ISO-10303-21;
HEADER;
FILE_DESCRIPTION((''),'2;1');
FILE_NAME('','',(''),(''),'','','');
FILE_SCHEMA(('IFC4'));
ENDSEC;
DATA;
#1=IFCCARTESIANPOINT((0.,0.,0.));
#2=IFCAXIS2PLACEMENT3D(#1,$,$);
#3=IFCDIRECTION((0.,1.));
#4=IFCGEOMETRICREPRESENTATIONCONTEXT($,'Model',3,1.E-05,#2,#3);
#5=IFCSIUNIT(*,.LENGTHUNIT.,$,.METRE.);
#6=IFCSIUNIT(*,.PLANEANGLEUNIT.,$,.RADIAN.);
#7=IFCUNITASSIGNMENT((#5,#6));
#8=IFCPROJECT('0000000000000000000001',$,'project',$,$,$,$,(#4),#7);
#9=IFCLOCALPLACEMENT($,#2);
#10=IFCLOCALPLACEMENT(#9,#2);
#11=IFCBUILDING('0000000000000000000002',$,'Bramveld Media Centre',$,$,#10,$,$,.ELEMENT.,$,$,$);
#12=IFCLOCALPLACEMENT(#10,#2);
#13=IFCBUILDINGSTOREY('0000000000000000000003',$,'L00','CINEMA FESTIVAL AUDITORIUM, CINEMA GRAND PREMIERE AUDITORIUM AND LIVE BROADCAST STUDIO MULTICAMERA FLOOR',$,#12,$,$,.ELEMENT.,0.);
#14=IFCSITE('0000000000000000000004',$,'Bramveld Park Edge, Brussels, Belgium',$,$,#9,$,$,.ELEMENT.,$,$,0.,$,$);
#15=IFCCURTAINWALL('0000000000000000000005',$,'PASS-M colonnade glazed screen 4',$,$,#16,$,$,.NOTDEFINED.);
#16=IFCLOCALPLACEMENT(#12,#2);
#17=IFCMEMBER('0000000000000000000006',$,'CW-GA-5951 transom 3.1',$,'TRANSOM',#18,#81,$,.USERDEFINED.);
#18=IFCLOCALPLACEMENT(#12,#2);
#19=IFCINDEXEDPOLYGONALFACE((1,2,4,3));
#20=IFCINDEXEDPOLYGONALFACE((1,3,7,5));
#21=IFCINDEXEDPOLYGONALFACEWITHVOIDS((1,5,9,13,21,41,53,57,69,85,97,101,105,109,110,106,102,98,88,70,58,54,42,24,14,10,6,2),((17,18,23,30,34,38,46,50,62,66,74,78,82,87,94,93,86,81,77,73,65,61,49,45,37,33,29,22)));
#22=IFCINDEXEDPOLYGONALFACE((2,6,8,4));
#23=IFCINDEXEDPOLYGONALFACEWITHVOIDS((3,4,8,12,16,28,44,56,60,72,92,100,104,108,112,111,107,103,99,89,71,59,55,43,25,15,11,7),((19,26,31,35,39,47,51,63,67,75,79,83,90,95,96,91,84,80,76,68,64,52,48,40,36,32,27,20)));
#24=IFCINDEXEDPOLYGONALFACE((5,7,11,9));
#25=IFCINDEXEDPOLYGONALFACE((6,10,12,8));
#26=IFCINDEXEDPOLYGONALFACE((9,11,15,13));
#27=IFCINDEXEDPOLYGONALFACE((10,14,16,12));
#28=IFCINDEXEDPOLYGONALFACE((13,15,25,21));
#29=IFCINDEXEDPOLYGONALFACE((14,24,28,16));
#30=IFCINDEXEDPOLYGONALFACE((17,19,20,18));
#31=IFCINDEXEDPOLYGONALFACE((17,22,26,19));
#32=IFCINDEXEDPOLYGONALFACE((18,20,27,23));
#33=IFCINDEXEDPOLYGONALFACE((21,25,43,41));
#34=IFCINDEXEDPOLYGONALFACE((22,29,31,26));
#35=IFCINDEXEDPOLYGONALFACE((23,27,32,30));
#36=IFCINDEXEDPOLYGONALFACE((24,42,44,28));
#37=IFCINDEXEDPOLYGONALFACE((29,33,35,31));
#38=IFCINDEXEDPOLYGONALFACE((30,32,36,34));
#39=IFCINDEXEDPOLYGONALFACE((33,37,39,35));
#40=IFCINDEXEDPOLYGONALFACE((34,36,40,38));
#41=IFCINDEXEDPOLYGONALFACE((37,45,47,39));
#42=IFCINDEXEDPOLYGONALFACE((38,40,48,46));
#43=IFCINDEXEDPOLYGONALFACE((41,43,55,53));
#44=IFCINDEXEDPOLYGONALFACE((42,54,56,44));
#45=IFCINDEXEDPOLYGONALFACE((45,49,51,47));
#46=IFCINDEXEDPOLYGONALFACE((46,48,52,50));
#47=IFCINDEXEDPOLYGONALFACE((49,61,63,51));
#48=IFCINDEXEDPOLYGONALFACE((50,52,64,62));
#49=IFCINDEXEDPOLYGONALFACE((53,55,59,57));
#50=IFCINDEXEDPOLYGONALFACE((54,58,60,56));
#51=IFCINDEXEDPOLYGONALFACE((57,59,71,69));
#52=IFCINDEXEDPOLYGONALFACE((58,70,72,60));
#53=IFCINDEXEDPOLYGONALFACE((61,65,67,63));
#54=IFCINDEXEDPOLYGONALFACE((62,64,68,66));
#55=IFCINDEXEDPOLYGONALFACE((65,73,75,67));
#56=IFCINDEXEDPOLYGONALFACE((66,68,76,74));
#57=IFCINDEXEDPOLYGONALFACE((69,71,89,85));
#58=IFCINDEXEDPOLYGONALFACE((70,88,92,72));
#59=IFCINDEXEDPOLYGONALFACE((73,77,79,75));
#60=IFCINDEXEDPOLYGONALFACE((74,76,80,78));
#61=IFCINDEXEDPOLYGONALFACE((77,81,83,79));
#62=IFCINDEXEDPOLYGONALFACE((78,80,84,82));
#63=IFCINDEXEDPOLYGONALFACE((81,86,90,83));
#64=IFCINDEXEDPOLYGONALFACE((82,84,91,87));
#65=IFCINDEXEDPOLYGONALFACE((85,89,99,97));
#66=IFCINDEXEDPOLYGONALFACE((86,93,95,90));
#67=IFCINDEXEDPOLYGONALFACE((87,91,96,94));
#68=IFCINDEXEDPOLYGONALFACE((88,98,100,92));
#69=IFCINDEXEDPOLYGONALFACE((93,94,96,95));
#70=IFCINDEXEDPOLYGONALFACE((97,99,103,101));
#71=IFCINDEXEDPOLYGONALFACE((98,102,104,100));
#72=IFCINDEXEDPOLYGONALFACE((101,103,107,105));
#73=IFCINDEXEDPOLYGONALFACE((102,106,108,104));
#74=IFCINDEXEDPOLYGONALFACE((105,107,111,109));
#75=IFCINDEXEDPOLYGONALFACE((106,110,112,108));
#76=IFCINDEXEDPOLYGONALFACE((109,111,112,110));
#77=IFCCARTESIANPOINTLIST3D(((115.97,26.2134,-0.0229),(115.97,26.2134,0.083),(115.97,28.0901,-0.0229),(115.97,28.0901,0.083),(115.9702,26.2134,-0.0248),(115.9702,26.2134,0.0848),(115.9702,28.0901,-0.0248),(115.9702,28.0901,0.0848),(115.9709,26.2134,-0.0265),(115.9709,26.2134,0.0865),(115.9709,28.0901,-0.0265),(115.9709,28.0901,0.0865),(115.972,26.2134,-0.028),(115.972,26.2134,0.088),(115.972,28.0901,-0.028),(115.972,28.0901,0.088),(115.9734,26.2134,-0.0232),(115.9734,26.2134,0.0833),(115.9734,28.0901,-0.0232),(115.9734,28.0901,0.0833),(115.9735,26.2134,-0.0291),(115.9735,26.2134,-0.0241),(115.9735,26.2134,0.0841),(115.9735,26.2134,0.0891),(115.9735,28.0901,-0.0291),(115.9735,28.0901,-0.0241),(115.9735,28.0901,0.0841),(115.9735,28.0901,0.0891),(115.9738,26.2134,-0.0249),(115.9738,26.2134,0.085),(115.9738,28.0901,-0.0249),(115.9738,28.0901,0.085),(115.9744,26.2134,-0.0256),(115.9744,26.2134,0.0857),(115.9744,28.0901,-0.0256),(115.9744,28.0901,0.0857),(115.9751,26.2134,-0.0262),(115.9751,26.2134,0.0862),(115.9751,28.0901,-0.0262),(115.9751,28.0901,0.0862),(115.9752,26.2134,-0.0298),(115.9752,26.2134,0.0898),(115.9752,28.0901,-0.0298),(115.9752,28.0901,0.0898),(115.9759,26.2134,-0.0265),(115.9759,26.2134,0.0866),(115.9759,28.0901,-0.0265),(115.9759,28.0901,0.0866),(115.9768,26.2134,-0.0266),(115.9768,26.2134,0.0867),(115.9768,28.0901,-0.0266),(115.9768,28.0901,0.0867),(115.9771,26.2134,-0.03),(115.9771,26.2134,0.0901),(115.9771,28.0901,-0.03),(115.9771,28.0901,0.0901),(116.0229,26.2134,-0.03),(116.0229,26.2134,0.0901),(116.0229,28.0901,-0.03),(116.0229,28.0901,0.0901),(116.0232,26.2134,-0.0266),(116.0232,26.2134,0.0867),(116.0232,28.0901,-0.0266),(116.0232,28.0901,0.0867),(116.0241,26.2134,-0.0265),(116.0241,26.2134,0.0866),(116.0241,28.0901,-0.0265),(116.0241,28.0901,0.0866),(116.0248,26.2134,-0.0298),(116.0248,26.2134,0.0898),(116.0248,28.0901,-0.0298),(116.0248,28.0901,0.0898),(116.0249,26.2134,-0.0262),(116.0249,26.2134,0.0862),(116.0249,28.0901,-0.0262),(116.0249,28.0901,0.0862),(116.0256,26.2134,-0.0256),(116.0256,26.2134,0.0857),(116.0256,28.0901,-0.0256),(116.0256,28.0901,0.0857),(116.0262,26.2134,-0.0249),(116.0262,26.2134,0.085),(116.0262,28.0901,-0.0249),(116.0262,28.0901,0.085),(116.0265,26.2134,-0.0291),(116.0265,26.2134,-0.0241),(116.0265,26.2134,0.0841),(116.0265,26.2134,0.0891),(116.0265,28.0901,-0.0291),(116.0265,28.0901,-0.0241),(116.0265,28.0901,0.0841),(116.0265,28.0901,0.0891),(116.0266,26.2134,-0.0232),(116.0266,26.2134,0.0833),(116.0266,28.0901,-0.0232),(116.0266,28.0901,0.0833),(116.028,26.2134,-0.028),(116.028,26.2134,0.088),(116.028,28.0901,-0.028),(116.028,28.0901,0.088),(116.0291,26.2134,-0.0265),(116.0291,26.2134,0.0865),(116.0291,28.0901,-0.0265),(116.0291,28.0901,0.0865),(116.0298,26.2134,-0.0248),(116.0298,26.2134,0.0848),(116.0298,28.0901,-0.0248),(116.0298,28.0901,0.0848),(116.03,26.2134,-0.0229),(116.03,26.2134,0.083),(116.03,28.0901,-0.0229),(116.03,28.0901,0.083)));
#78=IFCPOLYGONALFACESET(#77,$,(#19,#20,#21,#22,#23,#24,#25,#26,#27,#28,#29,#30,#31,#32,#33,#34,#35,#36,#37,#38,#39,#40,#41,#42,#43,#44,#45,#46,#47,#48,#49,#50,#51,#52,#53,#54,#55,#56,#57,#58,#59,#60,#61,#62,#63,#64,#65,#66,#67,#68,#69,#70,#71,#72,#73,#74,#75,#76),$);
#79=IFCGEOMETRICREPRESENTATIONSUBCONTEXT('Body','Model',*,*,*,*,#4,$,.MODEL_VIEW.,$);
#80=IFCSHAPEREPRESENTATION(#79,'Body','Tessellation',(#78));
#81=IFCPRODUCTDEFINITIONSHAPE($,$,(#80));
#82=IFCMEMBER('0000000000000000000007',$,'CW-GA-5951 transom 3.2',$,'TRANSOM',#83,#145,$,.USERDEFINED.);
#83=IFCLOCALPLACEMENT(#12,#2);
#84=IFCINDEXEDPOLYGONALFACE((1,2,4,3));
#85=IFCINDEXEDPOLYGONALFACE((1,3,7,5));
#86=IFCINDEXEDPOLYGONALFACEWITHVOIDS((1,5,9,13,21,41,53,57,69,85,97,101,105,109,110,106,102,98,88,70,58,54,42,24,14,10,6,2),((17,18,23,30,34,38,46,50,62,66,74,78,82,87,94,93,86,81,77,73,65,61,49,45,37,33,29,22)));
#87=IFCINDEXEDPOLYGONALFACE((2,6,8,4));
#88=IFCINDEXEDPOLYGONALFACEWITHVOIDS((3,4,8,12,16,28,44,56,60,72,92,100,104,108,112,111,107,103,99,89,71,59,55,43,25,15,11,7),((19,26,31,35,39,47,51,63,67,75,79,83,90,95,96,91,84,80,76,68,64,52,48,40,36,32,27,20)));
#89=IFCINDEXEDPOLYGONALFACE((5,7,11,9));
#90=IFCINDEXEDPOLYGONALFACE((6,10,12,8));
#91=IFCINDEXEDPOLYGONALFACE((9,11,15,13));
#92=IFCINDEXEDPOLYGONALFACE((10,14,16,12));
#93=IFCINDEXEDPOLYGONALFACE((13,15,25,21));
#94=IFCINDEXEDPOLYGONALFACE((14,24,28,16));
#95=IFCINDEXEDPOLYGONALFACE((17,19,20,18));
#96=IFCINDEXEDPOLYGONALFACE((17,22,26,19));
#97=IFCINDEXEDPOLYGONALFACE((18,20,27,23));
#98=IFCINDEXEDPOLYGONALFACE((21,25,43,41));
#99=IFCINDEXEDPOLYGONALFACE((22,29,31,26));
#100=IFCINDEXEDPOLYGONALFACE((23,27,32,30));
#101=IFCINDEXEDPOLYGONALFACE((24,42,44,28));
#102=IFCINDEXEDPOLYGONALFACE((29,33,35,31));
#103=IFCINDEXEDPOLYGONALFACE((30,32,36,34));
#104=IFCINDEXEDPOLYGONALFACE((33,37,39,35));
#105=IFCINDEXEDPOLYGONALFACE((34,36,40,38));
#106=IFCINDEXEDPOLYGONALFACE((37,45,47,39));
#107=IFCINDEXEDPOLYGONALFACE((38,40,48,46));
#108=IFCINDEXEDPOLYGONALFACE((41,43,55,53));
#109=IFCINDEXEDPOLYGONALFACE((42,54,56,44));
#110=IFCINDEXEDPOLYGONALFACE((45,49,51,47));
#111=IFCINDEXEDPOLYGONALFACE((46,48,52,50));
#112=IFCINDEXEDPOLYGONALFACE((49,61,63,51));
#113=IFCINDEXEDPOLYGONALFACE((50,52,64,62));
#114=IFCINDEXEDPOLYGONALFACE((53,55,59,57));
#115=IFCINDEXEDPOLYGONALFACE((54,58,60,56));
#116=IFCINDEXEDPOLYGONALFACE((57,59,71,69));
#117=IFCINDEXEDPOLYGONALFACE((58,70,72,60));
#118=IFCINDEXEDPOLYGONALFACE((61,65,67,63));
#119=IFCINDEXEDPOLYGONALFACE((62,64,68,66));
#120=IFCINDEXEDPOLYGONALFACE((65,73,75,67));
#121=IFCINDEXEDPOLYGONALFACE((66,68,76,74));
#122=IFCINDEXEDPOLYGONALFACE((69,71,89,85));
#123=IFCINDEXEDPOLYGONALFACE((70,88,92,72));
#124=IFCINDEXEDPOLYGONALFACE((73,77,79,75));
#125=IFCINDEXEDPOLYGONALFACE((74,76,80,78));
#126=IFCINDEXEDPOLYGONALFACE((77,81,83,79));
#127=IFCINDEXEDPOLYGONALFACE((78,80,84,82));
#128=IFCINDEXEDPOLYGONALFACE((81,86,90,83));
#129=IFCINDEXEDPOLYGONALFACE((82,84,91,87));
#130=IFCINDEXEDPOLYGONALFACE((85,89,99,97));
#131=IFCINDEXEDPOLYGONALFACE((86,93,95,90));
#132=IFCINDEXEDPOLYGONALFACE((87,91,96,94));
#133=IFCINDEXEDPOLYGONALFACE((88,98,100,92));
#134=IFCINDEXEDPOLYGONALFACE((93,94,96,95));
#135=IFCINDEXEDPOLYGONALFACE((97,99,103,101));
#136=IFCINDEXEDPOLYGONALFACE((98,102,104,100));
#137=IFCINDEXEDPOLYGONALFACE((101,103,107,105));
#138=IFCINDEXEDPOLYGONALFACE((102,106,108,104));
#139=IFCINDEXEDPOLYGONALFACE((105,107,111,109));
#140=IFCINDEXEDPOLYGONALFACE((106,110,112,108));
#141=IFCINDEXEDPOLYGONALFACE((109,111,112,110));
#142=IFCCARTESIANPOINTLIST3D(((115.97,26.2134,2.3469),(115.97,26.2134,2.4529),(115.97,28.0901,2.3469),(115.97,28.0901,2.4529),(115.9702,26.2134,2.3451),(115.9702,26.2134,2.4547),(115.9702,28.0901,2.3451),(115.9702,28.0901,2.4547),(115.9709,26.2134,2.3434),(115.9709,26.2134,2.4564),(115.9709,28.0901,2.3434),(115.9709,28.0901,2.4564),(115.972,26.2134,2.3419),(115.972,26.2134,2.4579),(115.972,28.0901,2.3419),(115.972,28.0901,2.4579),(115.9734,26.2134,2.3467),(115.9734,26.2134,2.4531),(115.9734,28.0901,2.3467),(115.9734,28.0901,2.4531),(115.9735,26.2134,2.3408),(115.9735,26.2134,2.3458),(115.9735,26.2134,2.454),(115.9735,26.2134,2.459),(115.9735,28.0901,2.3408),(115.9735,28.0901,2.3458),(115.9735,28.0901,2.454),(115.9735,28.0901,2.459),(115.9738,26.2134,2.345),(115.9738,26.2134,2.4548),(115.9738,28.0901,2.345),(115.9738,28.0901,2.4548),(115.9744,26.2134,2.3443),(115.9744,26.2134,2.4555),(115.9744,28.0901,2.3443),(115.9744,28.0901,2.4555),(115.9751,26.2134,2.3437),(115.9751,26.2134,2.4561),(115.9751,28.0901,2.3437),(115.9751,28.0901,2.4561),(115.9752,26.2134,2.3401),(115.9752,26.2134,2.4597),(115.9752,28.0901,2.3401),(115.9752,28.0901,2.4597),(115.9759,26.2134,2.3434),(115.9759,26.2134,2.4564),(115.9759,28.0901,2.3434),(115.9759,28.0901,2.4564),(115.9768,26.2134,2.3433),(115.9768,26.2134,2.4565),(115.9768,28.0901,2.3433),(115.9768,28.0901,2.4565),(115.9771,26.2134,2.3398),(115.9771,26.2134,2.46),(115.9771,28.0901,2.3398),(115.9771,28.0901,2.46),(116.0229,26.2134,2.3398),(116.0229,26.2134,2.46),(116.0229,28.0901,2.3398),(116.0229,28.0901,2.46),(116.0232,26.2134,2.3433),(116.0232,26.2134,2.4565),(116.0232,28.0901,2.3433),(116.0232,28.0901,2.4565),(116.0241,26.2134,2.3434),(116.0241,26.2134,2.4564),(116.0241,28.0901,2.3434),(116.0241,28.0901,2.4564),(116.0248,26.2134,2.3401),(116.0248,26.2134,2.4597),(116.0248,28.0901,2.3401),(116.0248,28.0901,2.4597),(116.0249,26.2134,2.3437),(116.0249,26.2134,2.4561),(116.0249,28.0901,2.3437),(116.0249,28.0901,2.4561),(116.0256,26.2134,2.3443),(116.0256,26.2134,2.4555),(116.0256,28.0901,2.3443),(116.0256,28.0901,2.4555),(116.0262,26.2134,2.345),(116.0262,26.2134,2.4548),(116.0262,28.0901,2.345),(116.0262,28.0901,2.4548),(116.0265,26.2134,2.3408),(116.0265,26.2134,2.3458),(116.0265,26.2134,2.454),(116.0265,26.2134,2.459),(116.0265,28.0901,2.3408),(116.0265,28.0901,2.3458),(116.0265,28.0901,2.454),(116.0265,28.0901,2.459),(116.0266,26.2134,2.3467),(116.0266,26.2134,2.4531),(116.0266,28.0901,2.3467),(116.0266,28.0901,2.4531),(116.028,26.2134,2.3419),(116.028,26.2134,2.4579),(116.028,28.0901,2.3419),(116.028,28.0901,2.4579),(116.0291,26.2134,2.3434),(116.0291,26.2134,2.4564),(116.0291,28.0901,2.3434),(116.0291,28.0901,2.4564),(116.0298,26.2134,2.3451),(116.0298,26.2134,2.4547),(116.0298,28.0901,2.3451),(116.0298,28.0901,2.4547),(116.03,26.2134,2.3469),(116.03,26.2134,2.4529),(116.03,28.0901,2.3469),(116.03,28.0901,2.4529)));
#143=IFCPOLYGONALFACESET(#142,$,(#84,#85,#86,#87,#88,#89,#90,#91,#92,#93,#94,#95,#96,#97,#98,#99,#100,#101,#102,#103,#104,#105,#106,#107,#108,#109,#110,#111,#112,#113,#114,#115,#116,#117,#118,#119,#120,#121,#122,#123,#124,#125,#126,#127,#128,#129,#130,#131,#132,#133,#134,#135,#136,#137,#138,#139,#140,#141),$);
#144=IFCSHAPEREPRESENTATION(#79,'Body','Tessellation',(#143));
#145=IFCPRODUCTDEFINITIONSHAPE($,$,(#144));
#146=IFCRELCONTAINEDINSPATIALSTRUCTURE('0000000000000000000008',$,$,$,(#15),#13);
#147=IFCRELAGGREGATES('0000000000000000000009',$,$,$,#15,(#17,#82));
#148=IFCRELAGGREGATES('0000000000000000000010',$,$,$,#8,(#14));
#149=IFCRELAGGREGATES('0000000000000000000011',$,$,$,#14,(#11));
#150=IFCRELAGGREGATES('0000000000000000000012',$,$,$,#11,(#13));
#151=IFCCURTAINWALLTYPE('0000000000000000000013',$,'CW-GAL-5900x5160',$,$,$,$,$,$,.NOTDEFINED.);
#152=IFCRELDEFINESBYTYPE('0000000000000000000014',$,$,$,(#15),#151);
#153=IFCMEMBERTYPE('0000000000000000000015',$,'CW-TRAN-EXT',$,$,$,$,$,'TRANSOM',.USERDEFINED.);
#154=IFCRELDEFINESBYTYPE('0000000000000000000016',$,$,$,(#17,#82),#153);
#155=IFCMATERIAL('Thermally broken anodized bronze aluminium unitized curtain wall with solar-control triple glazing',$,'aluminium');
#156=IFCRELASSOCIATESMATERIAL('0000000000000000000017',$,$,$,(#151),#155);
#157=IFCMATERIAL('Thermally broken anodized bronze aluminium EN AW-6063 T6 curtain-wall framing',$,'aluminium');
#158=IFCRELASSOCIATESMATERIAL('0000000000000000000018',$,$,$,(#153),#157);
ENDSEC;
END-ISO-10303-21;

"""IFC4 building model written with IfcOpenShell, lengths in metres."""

from ifc_helpers import new_model, si_unit, direction, frame, origin, origin_2d, place, context, subcontext, project, spatial, hollow_rectangle, extrude, material, material_profile, profile_set, type_object, element, aggregate, save


model = new_model("IFC4")

# Units and contexts
model_context = context("Model", 3, precision=1e-05, world=origin(), true_north=direction((0.0, 1.0)))
body_context = subcontext(model_context, "Body", "Model", "MODEL_VIEW")
ifc_project = project(units=[si_unit("LENGTHUNIT", "METRE"), si_unit("PLANEANGLEUNIT", "RADIAN")], contexts=[model_context])

# Site, building, storey
site_placement = place(None, origin())
site = spatial("IfcSite", under=ifc_project, at=site_placement, Name="Bramveld Park Edge, Brussels, Belgium", CompositionType="ELEMENT", RefElevation=0.0)
building_placement = place(site_placement, origin())
building = spatial("IfcBuilding", under=site, at=building_placement, Name="Bramveld Media Centre", CompositionType="ELEMENT")
storey_placement = place(building_placement, origin())
storey = spatial("IfcBuildingStorey", under=building, at=storey_placement, Name="L00", Description="CINEMA FESTIVAL AUDITORIUM, CINEMA GRAND PREMIERE AUDITORIUM AND LIVE BROADCAST STUDIO MULTICAMERA FLOOR", CompositionType="ELEMENT", Elevation=0.0)

# Curtain wall, members
ifc_material_1 = material(Name="Thermally broken anodized bronze aluminium unitized curtain wall with solar-control triple glazing", Category="aluminium")
curtain_wall_type = type_object("IfcCurtainWallType", Name="CW-GAL-5900x5160", PredefinedType="NOTDEFINED", material=ifc_material_1)
curtain_wall_placement = place(storey_placement, origin())
curtain_wall = element("IfcCurtainWall", 1, at=curtain_wall_placement, inside=storey, type_object=curtain_wall_type, Name="PASS-M colonnade glazed screen 4", PredefinedType="NOTDEFINED")
ifc_material_2 = material(Name="Thermally broken anodized bronze aluminium EN AW-6063 T6 curtain-wall framing", Category="aluminium")
ifc_material_profile_1 = material_profile(ifc_material_2, hollow_rectangle(XDim=0.0601, YDim=0.1201, WallThickness=0.0034, InnerFilletRadius=0.0034, OuterFilletRadius=0.0071, at=origin_2d()), Name="AL-TRAN 60x120")
ifc_profile_set_1 = profile_set([ifc_material_profile_1], Name="Thermally broken anodized bronze aluminium EN AW-6063 T6 curtain-wall framing")
member_type_1 = type_object("IfcMemberType", Name="CW-TRAN-EXT", ElementType="TRANSOM", PredefinedType="USERDEFINED", material=ifc_profile_set_1)
member_1_placement = place(storey_placement, frame((116.0, 26.2134, 0.03), z_axis=(0.0, 1.0, 0.0), x_axis=(-1.0, 0.0, 0.0)))
member_1 = element("IfcMember", 2, at=member_1_placement, type_object=member_type_1, Name="CW-GA-5951 transom 3.1", ObjectType="TRANSOM", PredefinedType="USERDEFINED", context=body_context, shape_type="SweptSolid", body=[
    extrude(hollow_rectangle(XDim=0.0601, YDim=0.1201, WallThickness=0.0034, InnerFilletRadius=0.0034, OuterFilletRadius=0.0071, at=origin_2d()), origin(), (0.0, 0.0, 1.0), 1.8767),
])
member_2_placement = place(storey_placement, frame((116.0, 26.2134, 2.3999), z_axis=(0.0, 1.0, 0.0), x_axis=(-1.0, 0.0, 0.0)))
member_2 = element("IfcMember", 3, at=member_2_placement, type_object=member_type_1, Name="CW-GA-5951 transom 3.2", ObjectType="TRANSOM", PredefinedType="USERDEFINED", context=body_context, shape_type="SweptSolid", body=[
    extrude(hollow_rectangle(XDim=0.0601, YDim=0.1201, WallThickness=0.0034, InnerFilletRadius=0.0034, OuterFilletRadius=0.0071, at=origin_2d()), origin(), (0.0, 0.0, 1.0), 1.8767),
])
aggregate(curtain_wall, [member_1, member_2])

save(model, "model.ifc")
